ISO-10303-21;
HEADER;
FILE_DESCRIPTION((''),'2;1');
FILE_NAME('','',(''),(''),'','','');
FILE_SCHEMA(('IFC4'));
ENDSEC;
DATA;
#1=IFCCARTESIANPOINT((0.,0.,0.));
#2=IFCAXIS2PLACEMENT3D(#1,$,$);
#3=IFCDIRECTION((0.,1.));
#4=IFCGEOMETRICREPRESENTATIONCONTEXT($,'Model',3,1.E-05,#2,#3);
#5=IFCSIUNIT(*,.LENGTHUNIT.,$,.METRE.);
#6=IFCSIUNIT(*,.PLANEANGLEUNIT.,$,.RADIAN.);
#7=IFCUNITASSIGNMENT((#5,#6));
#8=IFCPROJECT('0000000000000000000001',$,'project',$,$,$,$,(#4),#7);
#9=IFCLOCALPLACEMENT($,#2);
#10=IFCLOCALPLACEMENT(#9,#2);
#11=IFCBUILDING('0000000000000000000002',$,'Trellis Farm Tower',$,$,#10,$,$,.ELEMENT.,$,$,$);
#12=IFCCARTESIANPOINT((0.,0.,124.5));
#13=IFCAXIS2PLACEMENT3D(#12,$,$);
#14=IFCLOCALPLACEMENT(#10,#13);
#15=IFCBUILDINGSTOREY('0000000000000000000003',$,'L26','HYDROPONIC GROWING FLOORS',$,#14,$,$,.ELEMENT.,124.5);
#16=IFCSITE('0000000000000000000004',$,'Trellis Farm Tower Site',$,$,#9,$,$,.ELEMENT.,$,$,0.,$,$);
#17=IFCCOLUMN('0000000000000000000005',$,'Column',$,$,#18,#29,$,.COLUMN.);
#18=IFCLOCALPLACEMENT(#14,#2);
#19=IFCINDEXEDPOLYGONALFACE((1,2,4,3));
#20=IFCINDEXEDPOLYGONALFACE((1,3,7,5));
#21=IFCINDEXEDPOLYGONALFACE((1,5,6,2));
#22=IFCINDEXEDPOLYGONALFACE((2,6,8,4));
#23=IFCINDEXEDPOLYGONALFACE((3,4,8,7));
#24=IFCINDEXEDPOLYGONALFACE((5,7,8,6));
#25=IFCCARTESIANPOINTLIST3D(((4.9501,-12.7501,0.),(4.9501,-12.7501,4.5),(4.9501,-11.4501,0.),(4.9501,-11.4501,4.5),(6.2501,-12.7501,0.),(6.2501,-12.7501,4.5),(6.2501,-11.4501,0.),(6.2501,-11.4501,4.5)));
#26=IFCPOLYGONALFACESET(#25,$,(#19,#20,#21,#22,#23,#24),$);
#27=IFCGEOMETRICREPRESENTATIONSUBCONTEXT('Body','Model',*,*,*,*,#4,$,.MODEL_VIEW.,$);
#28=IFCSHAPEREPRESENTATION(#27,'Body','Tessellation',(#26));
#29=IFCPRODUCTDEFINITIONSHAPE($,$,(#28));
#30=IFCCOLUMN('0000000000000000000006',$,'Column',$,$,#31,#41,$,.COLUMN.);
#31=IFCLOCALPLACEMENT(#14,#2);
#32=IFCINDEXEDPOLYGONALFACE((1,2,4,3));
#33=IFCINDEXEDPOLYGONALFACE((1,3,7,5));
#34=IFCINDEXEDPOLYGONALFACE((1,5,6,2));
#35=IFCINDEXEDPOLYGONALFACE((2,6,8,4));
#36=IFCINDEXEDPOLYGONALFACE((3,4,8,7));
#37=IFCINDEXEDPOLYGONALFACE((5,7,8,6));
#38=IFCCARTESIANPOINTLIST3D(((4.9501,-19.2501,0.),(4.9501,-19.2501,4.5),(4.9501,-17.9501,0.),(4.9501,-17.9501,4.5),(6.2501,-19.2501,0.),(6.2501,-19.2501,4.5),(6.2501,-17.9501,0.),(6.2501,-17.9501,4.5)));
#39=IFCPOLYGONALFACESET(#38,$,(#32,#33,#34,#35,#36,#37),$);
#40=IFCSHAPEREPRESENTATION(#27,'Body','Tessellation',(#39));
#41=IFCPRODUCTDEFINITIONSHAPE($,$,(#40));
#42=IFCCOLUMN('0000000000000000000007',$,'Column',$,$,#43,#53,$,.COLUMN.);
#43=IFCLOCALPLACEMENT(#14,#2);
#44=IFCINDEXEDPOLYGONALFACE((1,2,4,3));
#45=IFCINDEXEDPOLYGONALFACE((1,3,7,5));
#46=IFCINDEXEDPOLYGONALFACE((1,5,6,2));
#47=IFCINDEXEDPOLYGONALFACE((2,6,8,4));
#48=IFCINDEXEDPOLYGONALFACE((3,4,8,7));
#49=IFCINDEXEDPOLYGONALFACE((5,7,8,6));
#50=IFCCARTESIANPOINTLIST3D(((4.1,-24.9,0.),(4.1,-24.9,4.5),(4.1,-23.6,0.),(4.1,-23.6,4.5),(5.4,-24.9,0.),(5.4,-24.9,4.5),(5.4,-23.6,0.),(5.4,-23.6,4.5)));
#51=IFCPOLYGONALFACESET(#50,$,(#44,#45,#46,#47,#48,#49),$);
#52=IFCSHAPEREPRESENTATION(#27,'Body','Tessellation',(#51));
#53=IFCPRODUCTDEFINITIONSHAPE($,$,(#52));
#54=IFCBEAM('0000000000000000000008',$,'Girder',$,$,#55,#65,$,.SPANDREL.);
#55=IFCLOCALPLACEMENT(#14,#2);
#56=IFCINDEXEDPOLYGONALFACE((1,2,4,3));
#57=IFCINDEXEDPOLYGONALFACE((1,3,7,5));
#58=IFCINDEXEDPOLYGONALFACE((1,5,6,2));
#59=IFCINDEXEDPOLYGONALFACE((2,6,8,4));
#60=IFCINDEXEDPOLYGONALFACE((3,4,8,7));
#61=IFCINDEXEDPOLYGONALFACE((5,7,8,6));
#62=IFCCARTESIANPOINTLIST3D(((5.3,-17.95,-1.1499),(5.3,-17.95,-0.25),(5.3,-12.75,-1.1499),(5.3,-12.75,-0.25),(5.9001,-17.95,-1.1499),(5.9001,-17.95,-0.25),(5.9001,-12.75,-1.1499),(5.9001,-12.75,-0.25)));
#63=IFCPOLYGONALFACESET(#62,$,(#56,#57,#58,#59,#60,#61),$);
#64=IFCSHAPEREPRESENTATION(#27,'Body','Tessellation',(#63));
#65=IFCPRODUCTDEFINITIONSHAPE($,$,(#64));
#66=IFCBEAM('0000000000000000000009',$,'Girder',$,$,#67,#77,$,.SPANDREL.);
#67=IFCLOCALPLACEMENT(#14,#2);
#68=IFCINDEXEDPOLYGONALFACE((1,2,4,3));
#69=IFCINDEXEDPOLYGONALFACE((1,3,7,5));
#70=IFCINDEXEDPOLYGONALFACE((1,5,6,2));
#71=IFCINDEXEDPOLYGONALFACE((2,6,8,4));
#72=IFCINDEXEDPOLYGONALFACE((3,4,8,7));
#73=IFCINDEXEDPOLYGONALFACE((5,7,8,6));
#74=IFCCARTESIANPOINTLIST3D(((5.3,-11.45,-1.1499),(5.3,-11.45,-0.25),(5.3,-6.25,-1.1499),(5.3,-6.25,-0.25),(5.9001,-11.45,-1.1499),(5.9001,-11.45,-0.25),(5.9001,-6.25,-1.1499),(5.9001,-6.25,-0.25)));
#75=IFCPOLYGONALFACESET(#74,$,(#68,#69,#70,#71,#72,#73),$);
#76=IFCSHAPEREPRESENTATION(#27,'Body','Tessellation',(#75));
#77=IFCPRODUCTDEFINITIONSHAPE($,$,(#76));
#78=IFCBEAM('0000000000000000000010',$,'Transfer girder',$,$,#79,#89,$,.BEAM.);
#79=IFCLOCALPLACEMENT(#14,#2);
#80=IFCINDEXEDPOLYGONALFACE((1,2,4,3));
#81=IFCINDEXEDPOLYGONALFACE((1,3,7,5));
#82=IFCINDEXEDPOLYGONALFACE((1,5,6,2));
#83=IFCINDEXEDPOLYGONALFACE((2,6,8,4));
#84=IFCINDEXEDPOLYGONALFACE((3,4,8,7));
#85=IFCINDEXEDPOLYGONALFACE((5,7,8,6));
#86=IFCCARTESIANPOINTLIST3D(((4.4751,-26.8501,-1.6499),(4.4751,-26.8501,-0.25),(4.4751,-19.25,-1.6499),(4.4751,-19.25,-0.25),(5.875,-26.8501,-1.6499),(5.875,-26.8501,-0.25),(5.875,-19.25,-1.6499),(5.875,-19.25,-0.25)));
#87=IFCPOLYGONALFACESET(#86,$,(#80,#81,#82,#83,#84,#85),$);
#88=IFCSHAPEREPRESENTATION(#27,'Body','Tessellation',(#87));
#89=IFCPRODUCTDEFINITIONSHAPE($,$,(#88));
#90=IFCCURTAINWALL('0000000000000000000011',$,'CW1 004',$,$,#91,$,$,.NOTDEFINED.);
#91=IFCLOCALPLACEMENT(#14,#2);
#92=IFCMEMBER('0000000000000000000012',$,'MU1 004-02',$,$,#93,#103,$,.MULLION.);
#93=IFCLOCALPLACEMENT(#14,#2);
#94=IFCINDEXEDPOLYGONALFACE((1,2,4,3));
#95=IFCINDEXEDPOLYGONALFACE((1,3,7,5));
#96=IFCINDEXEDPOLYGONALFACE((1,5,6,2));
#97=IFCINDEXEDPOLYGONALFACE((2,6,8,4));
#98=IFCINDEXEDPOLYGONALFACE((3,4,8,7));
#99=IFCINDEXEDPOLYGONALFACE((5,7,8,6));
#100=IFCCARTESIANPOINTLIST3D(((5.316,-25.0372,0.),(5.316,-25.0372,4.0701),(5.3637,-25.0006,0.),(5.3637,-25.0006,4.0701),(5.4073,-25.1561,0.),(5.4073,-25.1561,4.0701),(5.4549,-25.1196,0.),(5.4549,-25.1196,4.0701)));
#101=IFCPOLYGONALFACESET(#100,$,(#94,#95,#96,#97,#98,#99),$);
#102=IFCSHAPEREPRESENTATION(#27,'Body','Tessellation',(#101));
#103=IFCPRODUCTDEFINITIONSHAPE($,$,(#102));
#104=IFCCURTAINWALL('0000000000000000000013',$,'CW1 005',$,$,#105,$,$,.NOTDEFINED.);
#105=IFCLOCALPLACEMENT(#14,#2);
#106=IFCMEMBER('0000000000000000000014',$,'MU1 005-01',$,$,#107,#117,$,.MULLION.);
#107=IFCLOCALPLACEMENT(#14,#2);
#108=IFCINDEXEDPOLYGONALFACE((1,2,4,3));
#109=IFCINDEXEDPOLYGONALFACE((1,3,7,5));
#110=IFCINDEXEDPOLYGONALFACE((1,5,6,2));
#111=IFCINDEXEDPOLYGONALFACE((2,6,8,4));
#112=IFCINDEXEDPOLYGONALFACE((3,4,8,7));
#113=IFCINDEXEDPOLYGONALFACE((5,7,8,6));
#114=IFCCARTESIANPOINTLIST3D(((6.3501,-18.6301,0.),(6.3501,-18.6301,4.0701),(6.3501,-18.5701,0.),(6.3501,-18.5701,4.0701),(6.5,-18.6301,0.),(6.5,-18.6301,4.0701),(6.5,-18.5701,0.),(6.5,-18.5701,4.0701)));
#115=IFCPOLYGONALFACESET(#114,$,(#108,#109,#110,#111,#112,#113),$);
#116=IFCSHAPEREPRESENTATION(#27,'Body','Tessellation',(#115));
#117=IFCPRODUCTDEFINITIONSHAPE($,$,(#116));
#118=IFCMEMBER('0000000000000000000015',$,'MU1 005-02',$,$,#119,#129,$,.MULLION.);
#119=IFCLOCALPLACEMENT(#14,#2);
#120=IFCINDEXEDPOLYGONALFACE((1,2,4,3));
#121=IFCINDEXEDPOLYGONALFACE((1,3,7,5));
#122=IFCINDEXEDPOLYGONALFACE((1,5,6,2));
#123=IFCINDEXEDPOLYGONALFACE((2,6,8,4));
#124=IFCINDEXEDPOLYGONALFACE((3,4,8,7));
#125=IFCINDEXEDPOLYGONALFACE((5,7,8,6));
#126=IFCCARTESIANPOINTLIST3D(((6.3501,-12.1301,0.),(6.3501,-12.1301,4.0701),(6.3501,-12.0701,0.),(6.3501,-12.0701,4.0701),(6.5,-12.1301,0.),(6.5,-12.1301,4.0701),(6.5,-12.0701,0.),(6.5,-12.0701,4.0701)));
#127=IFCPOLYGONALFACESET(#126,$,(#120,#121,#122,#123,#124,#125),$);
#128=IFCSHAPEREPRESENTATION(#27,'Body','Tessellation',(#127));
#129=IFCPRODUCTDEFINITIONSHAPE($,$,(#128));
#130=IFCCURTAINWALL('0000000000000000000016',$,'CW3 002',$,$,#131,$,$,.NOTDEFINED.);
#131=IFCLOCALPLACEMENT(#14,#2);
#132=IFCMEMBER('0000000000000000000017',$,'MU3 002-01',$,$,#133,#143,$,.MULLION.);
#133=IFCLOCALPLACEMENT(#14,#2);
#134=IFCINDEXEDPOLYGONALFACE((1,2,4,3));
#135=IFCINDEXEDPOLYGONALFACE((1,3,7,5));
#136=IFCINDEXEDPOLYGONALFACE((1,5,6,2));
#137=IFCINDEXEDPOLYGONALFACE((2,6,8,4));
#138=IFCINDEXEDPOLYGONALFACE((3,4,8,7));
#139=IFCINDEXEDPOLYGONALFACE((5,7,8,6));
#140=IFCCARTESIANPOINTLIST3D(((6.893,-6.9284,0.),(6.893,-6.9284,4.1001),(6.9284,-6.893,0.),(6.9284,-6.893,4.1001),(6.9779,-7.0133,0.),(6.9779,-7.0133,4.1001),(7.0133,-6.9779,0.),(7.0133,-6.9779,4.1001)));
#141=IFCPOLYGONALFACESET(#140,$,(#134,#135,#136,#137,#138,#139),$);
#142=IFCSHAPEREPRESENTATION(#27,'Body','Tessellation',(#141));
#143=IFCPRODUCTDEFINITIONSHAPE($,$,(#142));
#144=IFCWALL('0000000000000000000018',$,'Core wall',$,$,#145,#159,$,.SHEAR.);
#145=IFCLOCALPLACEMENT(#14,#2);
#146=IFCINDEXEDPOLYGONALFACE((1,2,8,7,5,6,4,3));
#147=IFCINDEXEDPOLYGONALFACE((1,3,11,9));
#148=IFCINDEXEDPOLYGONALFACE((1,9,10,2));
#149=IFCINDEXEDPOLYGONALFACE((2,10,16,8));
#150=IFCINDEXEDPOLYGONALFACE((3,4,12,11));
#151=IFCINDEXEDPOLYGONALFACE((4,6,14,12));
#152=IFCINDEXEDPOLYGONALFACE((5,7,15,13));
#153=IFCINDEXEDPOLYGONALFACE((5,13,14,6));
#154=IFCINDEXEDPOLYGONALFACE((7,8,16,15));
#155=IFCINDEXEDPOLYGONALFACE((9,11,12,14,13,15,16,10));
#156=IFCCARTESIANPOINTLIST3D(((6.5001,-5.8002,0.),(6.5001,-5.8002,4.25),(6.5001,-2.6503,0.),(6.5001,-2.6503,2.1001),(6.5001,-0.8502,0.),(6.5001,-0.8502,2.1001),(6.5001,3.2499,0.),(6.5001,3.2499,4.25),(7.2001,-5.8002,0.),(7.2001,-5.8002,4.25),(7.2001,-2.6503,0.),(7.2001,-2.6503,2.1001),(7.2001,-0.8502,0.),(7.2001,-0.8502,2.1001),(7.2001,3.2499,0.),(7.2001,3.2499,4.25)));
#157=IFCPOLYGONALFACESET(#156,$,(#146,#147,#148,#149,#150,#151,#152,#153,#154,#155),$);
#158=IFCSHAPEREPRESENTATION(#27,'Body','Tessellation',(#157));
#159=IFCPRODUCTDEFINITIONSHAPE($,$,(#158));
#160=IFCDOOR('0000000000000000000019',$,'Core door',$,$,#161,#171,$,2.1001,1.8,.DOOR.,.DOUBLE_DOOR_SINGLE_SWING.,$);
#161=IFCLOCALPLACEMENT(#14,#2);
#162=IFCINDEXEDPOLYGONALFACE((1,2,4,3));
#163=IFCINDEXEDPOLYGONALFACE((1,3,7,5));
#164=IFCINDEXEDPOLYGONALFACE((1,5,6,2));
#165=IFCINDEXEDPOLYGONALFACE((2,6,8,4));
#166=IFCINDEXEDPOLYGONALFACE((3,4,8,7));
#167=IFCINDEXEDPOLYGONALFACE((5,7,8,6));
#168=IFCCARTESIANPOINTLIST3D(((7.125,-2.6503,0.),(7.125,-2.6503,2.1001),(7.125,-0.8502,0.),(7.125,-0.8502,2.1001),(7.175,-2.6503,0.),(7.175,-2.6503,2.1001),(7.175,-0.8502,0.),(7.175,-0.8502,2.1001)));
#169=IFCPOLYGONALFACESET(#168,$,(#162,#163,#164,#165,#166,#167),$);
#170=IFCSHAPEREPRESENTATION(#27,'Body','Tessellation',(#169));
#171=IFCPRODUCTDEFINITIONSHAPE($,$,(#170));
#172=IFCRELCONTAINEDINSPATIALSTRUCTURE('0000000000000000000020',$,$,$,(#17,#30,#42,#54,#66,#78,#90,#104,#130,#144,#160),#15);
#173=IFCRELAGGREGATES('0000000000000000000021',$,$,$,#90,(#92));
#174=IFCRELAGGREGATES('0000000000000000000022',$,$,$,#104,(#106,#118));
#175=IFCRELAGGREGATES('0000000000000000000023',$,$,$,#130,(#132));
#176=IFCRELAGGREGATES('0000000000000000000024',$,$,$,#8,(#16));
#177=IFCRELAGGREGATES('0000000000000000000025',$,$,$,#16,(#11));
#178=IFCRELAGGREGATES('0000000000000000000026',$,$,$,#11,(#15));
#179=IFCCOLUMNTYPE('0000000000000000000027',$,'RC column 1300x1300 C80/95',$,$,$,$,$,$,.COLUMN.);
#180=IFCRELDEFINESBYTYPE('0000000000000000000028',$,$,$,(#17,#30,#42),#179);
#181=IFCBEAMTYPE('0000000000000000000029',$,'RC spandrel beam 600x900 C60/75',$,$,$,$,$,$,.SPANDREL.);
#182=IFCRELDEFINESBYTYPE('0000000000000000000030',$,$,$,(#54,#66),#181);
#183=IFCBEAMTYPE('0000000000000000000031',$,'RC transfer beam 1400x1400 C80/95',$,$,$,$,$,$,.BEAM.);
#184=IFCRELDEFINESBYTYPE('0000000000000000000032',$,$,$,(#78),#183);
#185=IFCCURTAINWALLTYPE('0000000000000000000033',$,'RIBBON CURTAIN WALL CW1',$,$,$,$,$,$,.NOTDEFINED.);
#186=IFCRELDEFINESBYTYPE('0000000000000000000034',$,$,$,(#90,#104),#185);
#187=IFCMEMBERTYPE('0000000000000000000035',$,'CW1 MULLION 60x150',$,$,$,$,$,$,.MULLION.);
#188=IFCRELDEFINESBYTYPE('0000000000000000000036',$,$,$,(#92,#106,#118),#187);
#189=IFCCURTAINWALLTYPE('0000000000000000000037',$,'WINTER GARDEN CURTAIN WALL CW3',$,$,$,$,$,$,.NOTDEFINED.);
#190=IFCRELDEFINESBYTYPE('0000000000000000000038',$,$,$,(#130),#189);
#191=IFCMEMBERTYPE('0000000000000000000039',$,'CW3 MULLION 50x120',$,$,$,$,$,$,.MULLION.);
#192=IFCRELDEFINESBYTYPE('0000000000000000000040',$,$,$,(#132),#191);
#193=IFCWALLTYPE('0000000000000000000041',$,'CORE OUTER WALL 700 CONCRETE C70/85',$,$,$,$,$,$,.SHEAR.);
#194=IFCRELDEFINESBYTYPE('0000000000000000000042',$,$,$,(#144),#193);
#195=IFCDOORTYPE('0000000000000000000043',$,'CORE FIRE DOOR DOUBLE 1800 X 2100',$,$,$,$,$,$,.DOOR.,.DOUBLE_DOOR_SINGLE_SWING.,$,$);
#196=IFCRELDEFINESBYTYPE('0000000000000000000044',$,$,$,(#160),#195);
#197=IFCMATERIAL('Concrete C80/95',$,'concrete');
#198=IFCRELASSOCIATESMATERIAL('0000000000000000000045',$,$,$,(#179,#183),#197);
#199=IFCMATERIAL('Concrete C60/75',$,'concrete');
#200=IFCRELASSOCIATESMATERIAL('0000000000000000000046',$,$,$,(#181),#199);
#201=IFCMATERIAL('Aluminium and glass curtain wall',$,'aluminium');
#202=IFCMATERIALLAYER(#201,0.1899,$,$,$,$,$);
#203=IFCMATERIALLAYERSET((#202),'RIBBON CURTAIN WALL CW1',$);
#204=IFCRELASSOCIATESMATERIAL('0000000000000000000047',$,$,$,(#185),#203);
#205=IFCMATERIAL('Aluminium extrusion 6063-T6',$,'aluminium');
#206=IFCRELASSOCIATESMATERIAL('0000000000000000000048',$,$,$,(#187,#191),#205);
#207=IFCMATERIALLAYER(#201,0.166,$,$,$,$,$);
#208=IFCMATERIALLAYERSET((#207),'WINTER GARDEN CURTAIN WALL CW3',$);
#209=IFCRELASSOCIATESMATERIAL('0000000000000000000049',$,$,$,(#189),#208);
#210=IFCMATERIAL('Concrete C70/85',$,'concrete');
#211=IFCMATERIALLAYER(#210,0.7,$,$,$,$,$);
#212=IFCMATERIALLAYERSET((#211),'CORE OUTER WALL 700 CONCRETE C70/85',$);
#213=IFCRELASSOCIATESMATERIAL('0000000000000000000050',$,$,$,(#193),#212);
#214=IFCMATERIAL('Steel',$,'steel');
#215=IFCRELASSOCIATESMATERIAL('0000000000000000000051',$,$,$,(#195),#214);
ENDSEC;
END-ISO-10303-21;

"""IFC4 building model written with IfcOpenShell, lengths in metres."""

from ifc_helpers import new_model, si_unit, direction, frame, frame_2d, origin, origin_2d, place, context, subcontext, project, spatial, rectangle, extrude, source, transform, mapped, material, layer, layer_set, material_profile, profile_set, type_object, element, fill, aggregate, save


model = new_model("IFC4")

# Units and contexts
model_context = context("Model", 3, precision=1e-05, world=origin(), true_north=direction((0.0, 1.0)))
body_context = subcontext(model_context, "Body", "Model", "MODEL_VIEW")
ifc_project = project(units=[si_unit("LENGTHUNIT", "METRE"), si_unit("PLANEANGLEUNIT", "RADIAN")], contexts=[model_context])

# Site, building, storey
site_placement = place(None, origin())
site = spatial("IfcSite", under=ifc_project, at=site_placement, Name="Trellis Farm Tower Site", CompositionType="ELEMENT", RefElevation=0.0)
building_placement = place(site_placement, origin())
building = spatial("IfcBuilding", under=site, at=building_placement, Name="Trellis Farm Tower", CompositionType="ELEMENT")
storey_placement = place(building_placement, frame((0.0, 0.0, 124.5)))
storey = spatial("IfcBuildingStorey", under=building, at=storey_placement, Name="L26", Description="HYDROPONIC GROWING FLOORS", CompositionType="ELEMENT", Elevation=124.5)

# Columns
ifc_material_1 = material(Name="Concrete C80/95", Category="concrete")
ifc_material_profile_1 = material_profile(ifc_material_1, rectangle(XDim=1.3, YDim=1.3, at=origin_2d()), Name="RC column 1300x1300 C80/95")
ifc_profile_set_1 = profile_set([ifc_material_profile_1], Name="Concrete C80/95")
column_type = type_object("IfcColumnType", Name="RC column 1300x1300 C80/95", PredefinedType="COLUMN", material=ifc_profile_set_1)
shared_shape_1 = source(origin(), body_context, "Body", "SweptSolid", [
    extrude(rectangle(XDim=1.3, YDim=1.3, at=origin_2d()), origin(), (0.0, 0.0, 1.0), 4.5),
])
for number, where, z_axis, x_axis, name in (
    (1, (5.6001, -12.1001, 0.0), (0.0, 0.0, 1.0), (1.0, 0.0, 0.0), "Column"),
    (2, (5.6001, -18.6001, 0.0), (0.0, 0.0, 1.0), (1.0, 0.0, 0.0), "Column"),
    (3, (4.75, -24.25, 0.0), (0.0, 0.0, 1.0), (1.0, 0.0, 0.0), "Column"),
):
    element("IfcColumn", number, at=place(storey_placement, frame(where, z_axis=z_axis, x_axis=x_axis)), inside=storey, type_object=column_type, Name=name, PredefinedType="COLUMN", context=body_context, shape_type="MappedRepresentation", body=[
        mapped(shared_shape_1, transform((0.0, 0.0, 0.0))),
    ])

# Beams
ifc_material_2 = material(Name="Concrete C60/75", Category="concrete")
ifc_material_profile_2 = material_profile(ifc_material_2, rectangle(XDim=0.6001, YDim=0.8999, at=origin_2d()), Name="RC spandrel beam 600x900 C60/75")
ifc_profile_set_2 = profile_set([ifc_material_profile_2], Name="Concrete C60/75")
beam_type_1 = type_object("IfcBeamType", Name="RC spandrel beam 600x900 C60/75", PredefinedType="SPANDREL", material=ifc_profile_set_2)
shared_shape_2 = source(origin(), body_context, "Body", "SweptSolid", [
    extrude(rectangle(XDim=0.6001, YDim=0.8999, at=origin_2d()), origin(), (0.0, 0.0, 1.0), 5.2),
])
for number, where, z_axis, x_axis, name in (
    (4, (5.6001, -17.95, -0.7), (0.0, 1.0, 0.0), (-1.0, 0.0, 0.0), "Girder"),
    (5, (5.6001, -11.45, -0.7), (0.0, 1.0, 0.0), (-1.0, 0.0, 0.0), "Girder"),
):
    element("IfcBeam", number, at=place(storey_placement, frame(where, z_axis=z_axis, x_axis=x_axis)), inside=storey, type_object=beam_type_1, Name=name, PredefinedType="SPANDREL", context=body_context, shape_type="MappedRepresentation", body=[
        mapped(shared_shape_2, transform((0.0, 0.0, 0.0))),
    ])
ifc_material_profile_3 = material_profile(ifc_material_1, rectangle(XDim=1.3999, YDim=1.3999, at=origin_2d()), Name="RC transfer beam 1400x1400 C80/95")
ifc_profile_set_3 = profile_set([ifc_material_profile_3], Name="Concrete C80/95")
beam_type_2 = type_object("IfcBeamType", Name="RC transfer beam 1400x1400 C80/95", PredefinedType="BEAM", material=ifc_profile_set_3)
shared_shape_3 = source(origin(), body_context, "Body", "SweptSolid", [
    extrude(rectangle(XDim=1.3999, YDim=1.3999, at=origin_2d()), origin(), (0.0, 0.0, 1.0), 7.6001),
])
beam_placement = place(storey_placement, frame((5.175, -26.8501, -0.95), z_axis=(0.0, 1.0, 0.0), x_axis=(-1.0, 0.0, 0.0)))
element("IfcBeam", 6, at=beam_placement, inside=storey, type_object=beam_type_2, Name="Transfer girder", PredefinedType="BEAM", context=body_context, shape_type="MappedRepresentation", body=[
    mapped(shared_shape_3, transform((0.0, 0.0, 0.0))),
])

# Curtain wall, member
ifc_material_3 = material(Name="Aluminium and glass curtain wall", Category="aluminium")
ifc_layer_1 = layer(ifc_material_3, 0.1899)
ifc_layer_set_1 = layer_set([ifc_layer_1], Name="RIBBON CURTAIN WALL CW1")
curtain_wall_type_1 = type_object("IfcCurtainWallType", Name="RIBBON CURTAIN WALL CW1", PredefinedType="NOTDEFINED", material=ifc_layer_set_1)
placement = place(storey_placement, origin())
curtain_wall_1 = element("IfcCurtainWall", 7, at=placement, inside=storey, type_object=curtain_wall_type_1, Name="CW1 004", PredefinedType="NOTDEFINED")
ifc_material_4 = material(Name="Aluminium extrusion 6063-T6", Category="aluminium")
ifc_material_profile_4 = material_profile(ifc_material_4, rectangle(XDim=0.0601, YDim=0.1499, at=origin_2d()), Name="MULLION 60x150")
ifc_profile_set_4 = profile_set([ifc_material_profile_4], Name="Aluminium extrusion 6063-T6")
member_type_1 = type_object("IfcMemberType", Name="CW1 MULLION 60x150", PredefinedType="MULLION", material=ifc_profile_set_4)
shared_shape_4 = source(origin(), body_context, "Body", "SweptSolid", [
    extrude(rectangle(XDim=0.0601, YDim=0.1499, at=origin_2d()), origin(), (0.0, 0.0, 1.0), 4.0701),
])
member_1_placement = place(storey_placement, frame((5.3855, -25.0784, 0.0), z_axis=(0.0, 0.0, 1.0), x_axis=(0.793353, 0.608761, 0.0)))
member_1 = element("IfcMember", 8, at=member_1_placement, type_object=member_type_1, Name="MU1 004-02", PredefinedType="MULLION", context=body_context, shape_type="MappedRepresentation", body=[
    mapped(shared_shape_4, transform((0.0, 0.0, 0.0))),
])
aggregate(curtain_wall_1, [member_1])

# Curtain wall, members
curtain_wall_2 = element("IfcCurtainWall", 9, at=placement, inside=storey, type_object=curtain_wall_type_1, Name="CW1 005", PredefinedType="NOTDEFINED")
member_2_placement = place(storey_placement, frame((6.425, -18.6001, 0.0), z_axis=(0.0, 0.0, 1.0), x_axis=(0.0, 1.0, 0.0)))
member_2 = element("IfcMember", 10, at=member_2_placement, type_object=member_type_1, Name="MU1 005-01", PredefinedType="MULLION", context=body_context, shape_type="MappedRepresentation", body=[
    mapped(shared_shape_4, transform((0.0, 0.0, 0.0))),
])
member_3_placement = place(storey_placement, frame((6.425, -12.1001, 0.0), z_axis=(0.0, 0.0, 1.0), x_axis=(0.0, 1.0, 0.0)))
member_3 = element("IfcMember", 11, at=member_3_placement, type_object=member_type_1, Name="MU1 005-02", PredefinedType="MULLION", context=body_context, shape_type="MappedRepresentation", body=[
    mapped(shared_shape_4, transform((0.0, 0.0, 0.0))),
])
aggregate(curtain_wall_2, [member_2, member_3])

# Curtain wall, member
ifc_layer_2 = layer(ifc_material_3, 0.166)
ifc_layer_set_2 = layer_set([ifc_layer_2], Name="WINTER GARDEN CURTAIN WALL CW3")
curtain_wall_type_2 = type_object("IfcCurtainWallType", Name="WINTER GARDEN CURTAIN WALL CW3", PredefinedType="NOTDEFINED", material=ifc_layer_set_2)
curtain_wall_3 = element("IfcCurtainWall", 12, at=placement, inside=storey, type_object=curtain_wall_type_2, Name="CW3 002", PredefinedType="NOTDEFINED")
ifc_material_profile_5 = material_profile(ifc_material_4, rectangle(XDim=0.05, YDim=0.1201, at=origin_2d()), Name="MULLION 50x120")
ifc_profile_set_5 = profile_set([ifc_material_profile_5], Name="Aluminium extrusion 6063-T6")
member_type_2 = type_object("IfcMemberType", Name="CW3 MULLION 50x120", PredefinedType="MULLION", material=ifc_profile_set_5)
shared_shape_5 = source(origin(), body_context, "Body", "SweptSolid", [
    extrude(rectangle(XDim=0.05, YDim=0.1201, at=origin_2d()), origin(), (0.0, 0.0, 1.0), 4.1001),
])
member_4_placement = place(storey_placement, frame((6.9531, -6.9531, 0.0), z_axis=(0.0, 0.0, 1.0), x_axis=(0.707107, 0.707107, 0.0)))
member_4 = element("IfcMember", 13, at=member_4_placement, type_object=member_type_2, Name="MU3 002-01", PredefinedType="MULLION", context=body_context, shape_type="MappedRepresentation", body=[
    mapped(shared_shape_5, transform((0.0, 0.0, 0.0))),
])
aggregate(curtain_wall_3, [member_4])

# Wall, opening, door
ifc_material_5 = material(Name="Concrete C70/85", Category="concrete")
ifc_layer_3 = layer(ifc_material_5, 0.7)
ifc_layer_set_3 = layer_set([ifc_layer_3], Name="CORE OUTER WALL 700 CONCRETE C70/85")
wall_type_1 = type_object("IfcWallType", Name="CORE OUTER WALL 700 CONCRETE C70/85", PredefinedType="SHEAR", material=ifc_layer_set_3)
shared_shape_6 = source(origin(), body_context, "Body", "SweptSolid", [
    extrude(rectangle(XDim=9.05, YDim=0.7, at=frame_2d((4.5249, 0.0))), origin(), (0.0, 0.0, 1.0), 4.25),
])
wall_1_placement = place(storey_placement, frame((6.8501, -5.8, 0.0), z_axis=(0.0, 0.0, 1.0), x_axis=(0.0, 1.0, 0.0)))
wall_1 = element("IfcWall", 14, at=wall_1_placement, inside=storey, type_object=wall_type_1, Name="Core wall", PredefinedType="SHEAR", context=body_context, shape_type="MappedRepresentation", body=[
    mapped(shared_shape_6, transform((0.0, 0.0, 0.0))),
])
shared_shape_7 = source(origin(), body_context, "Body", "SweptSolid", [
    extrude(rectangle(XDim=1.8, YDim=2.1001, at=frame_2d((0.8999, 1.05))), frame((0.0, 0.3601, 0.0), z_axis=(0.0, -1.0, 0.0), x_axis=(1.0, 0.0, 0.0)), (0.0, 0.0, 1.0), 0.7202),
])
opening_1_placement = place(wall_1_placement, frame((3.1499, 0.0, 0.0)))
opening_1 = element("IfcOpeningElement", 15, at=opening_1_placement, cuts=wall_1, PredefinedType="OPENING", context=body_context, shape_type="MappedRepresentation", body=[
    mapped(shared_shape_7, transform((0.0, 0.0, 0.0))),
])
ifc_material_6 = material(Name="Steel", Category="steel")
door_type_1 = type_object("IfcDoorType", Name="CORE FIRE DOOR DOUBLE 1800 X 2100", OperationType="DOUBLE_DOOR_SINGLE_SWING", PredefinedType="DOOR", material=ifc_material_6)
shared_shape_8 = source(origin(), body_context, "Body", "SweptSolid", [
    extrude(rectangle(XDim=1.8, YDim=2.1001, at=frame_2d((0.8999, 1.05))), frame((0.0, -0.2749, 0.0), z_axis=(0.0, -1.0, 0.0), x_axis=(1.0, 0.0, 0.0)), (0.0, 0.0, 1.0), 0.05),
])
door_1_placement = place(opening_1_placement, origin())
door_1 = element("IfcDoor", 16, at=door_1_placement, inside=storey, type_object=door_type_1, Name="Core door", OperationType="DOUBLE_DOOR_SINGLE_SWING", OverallHeight=2.1001, OverallWidth=1.8, PredefinedType="DOOR", context=body_context, shape_type="MappedRepresentation", body=[
    mapped(shared_shape_8, transform((0.0, 0.0, 0.0))),
])
fill(opening_1, door_1)

save(model, "model.ifc")
